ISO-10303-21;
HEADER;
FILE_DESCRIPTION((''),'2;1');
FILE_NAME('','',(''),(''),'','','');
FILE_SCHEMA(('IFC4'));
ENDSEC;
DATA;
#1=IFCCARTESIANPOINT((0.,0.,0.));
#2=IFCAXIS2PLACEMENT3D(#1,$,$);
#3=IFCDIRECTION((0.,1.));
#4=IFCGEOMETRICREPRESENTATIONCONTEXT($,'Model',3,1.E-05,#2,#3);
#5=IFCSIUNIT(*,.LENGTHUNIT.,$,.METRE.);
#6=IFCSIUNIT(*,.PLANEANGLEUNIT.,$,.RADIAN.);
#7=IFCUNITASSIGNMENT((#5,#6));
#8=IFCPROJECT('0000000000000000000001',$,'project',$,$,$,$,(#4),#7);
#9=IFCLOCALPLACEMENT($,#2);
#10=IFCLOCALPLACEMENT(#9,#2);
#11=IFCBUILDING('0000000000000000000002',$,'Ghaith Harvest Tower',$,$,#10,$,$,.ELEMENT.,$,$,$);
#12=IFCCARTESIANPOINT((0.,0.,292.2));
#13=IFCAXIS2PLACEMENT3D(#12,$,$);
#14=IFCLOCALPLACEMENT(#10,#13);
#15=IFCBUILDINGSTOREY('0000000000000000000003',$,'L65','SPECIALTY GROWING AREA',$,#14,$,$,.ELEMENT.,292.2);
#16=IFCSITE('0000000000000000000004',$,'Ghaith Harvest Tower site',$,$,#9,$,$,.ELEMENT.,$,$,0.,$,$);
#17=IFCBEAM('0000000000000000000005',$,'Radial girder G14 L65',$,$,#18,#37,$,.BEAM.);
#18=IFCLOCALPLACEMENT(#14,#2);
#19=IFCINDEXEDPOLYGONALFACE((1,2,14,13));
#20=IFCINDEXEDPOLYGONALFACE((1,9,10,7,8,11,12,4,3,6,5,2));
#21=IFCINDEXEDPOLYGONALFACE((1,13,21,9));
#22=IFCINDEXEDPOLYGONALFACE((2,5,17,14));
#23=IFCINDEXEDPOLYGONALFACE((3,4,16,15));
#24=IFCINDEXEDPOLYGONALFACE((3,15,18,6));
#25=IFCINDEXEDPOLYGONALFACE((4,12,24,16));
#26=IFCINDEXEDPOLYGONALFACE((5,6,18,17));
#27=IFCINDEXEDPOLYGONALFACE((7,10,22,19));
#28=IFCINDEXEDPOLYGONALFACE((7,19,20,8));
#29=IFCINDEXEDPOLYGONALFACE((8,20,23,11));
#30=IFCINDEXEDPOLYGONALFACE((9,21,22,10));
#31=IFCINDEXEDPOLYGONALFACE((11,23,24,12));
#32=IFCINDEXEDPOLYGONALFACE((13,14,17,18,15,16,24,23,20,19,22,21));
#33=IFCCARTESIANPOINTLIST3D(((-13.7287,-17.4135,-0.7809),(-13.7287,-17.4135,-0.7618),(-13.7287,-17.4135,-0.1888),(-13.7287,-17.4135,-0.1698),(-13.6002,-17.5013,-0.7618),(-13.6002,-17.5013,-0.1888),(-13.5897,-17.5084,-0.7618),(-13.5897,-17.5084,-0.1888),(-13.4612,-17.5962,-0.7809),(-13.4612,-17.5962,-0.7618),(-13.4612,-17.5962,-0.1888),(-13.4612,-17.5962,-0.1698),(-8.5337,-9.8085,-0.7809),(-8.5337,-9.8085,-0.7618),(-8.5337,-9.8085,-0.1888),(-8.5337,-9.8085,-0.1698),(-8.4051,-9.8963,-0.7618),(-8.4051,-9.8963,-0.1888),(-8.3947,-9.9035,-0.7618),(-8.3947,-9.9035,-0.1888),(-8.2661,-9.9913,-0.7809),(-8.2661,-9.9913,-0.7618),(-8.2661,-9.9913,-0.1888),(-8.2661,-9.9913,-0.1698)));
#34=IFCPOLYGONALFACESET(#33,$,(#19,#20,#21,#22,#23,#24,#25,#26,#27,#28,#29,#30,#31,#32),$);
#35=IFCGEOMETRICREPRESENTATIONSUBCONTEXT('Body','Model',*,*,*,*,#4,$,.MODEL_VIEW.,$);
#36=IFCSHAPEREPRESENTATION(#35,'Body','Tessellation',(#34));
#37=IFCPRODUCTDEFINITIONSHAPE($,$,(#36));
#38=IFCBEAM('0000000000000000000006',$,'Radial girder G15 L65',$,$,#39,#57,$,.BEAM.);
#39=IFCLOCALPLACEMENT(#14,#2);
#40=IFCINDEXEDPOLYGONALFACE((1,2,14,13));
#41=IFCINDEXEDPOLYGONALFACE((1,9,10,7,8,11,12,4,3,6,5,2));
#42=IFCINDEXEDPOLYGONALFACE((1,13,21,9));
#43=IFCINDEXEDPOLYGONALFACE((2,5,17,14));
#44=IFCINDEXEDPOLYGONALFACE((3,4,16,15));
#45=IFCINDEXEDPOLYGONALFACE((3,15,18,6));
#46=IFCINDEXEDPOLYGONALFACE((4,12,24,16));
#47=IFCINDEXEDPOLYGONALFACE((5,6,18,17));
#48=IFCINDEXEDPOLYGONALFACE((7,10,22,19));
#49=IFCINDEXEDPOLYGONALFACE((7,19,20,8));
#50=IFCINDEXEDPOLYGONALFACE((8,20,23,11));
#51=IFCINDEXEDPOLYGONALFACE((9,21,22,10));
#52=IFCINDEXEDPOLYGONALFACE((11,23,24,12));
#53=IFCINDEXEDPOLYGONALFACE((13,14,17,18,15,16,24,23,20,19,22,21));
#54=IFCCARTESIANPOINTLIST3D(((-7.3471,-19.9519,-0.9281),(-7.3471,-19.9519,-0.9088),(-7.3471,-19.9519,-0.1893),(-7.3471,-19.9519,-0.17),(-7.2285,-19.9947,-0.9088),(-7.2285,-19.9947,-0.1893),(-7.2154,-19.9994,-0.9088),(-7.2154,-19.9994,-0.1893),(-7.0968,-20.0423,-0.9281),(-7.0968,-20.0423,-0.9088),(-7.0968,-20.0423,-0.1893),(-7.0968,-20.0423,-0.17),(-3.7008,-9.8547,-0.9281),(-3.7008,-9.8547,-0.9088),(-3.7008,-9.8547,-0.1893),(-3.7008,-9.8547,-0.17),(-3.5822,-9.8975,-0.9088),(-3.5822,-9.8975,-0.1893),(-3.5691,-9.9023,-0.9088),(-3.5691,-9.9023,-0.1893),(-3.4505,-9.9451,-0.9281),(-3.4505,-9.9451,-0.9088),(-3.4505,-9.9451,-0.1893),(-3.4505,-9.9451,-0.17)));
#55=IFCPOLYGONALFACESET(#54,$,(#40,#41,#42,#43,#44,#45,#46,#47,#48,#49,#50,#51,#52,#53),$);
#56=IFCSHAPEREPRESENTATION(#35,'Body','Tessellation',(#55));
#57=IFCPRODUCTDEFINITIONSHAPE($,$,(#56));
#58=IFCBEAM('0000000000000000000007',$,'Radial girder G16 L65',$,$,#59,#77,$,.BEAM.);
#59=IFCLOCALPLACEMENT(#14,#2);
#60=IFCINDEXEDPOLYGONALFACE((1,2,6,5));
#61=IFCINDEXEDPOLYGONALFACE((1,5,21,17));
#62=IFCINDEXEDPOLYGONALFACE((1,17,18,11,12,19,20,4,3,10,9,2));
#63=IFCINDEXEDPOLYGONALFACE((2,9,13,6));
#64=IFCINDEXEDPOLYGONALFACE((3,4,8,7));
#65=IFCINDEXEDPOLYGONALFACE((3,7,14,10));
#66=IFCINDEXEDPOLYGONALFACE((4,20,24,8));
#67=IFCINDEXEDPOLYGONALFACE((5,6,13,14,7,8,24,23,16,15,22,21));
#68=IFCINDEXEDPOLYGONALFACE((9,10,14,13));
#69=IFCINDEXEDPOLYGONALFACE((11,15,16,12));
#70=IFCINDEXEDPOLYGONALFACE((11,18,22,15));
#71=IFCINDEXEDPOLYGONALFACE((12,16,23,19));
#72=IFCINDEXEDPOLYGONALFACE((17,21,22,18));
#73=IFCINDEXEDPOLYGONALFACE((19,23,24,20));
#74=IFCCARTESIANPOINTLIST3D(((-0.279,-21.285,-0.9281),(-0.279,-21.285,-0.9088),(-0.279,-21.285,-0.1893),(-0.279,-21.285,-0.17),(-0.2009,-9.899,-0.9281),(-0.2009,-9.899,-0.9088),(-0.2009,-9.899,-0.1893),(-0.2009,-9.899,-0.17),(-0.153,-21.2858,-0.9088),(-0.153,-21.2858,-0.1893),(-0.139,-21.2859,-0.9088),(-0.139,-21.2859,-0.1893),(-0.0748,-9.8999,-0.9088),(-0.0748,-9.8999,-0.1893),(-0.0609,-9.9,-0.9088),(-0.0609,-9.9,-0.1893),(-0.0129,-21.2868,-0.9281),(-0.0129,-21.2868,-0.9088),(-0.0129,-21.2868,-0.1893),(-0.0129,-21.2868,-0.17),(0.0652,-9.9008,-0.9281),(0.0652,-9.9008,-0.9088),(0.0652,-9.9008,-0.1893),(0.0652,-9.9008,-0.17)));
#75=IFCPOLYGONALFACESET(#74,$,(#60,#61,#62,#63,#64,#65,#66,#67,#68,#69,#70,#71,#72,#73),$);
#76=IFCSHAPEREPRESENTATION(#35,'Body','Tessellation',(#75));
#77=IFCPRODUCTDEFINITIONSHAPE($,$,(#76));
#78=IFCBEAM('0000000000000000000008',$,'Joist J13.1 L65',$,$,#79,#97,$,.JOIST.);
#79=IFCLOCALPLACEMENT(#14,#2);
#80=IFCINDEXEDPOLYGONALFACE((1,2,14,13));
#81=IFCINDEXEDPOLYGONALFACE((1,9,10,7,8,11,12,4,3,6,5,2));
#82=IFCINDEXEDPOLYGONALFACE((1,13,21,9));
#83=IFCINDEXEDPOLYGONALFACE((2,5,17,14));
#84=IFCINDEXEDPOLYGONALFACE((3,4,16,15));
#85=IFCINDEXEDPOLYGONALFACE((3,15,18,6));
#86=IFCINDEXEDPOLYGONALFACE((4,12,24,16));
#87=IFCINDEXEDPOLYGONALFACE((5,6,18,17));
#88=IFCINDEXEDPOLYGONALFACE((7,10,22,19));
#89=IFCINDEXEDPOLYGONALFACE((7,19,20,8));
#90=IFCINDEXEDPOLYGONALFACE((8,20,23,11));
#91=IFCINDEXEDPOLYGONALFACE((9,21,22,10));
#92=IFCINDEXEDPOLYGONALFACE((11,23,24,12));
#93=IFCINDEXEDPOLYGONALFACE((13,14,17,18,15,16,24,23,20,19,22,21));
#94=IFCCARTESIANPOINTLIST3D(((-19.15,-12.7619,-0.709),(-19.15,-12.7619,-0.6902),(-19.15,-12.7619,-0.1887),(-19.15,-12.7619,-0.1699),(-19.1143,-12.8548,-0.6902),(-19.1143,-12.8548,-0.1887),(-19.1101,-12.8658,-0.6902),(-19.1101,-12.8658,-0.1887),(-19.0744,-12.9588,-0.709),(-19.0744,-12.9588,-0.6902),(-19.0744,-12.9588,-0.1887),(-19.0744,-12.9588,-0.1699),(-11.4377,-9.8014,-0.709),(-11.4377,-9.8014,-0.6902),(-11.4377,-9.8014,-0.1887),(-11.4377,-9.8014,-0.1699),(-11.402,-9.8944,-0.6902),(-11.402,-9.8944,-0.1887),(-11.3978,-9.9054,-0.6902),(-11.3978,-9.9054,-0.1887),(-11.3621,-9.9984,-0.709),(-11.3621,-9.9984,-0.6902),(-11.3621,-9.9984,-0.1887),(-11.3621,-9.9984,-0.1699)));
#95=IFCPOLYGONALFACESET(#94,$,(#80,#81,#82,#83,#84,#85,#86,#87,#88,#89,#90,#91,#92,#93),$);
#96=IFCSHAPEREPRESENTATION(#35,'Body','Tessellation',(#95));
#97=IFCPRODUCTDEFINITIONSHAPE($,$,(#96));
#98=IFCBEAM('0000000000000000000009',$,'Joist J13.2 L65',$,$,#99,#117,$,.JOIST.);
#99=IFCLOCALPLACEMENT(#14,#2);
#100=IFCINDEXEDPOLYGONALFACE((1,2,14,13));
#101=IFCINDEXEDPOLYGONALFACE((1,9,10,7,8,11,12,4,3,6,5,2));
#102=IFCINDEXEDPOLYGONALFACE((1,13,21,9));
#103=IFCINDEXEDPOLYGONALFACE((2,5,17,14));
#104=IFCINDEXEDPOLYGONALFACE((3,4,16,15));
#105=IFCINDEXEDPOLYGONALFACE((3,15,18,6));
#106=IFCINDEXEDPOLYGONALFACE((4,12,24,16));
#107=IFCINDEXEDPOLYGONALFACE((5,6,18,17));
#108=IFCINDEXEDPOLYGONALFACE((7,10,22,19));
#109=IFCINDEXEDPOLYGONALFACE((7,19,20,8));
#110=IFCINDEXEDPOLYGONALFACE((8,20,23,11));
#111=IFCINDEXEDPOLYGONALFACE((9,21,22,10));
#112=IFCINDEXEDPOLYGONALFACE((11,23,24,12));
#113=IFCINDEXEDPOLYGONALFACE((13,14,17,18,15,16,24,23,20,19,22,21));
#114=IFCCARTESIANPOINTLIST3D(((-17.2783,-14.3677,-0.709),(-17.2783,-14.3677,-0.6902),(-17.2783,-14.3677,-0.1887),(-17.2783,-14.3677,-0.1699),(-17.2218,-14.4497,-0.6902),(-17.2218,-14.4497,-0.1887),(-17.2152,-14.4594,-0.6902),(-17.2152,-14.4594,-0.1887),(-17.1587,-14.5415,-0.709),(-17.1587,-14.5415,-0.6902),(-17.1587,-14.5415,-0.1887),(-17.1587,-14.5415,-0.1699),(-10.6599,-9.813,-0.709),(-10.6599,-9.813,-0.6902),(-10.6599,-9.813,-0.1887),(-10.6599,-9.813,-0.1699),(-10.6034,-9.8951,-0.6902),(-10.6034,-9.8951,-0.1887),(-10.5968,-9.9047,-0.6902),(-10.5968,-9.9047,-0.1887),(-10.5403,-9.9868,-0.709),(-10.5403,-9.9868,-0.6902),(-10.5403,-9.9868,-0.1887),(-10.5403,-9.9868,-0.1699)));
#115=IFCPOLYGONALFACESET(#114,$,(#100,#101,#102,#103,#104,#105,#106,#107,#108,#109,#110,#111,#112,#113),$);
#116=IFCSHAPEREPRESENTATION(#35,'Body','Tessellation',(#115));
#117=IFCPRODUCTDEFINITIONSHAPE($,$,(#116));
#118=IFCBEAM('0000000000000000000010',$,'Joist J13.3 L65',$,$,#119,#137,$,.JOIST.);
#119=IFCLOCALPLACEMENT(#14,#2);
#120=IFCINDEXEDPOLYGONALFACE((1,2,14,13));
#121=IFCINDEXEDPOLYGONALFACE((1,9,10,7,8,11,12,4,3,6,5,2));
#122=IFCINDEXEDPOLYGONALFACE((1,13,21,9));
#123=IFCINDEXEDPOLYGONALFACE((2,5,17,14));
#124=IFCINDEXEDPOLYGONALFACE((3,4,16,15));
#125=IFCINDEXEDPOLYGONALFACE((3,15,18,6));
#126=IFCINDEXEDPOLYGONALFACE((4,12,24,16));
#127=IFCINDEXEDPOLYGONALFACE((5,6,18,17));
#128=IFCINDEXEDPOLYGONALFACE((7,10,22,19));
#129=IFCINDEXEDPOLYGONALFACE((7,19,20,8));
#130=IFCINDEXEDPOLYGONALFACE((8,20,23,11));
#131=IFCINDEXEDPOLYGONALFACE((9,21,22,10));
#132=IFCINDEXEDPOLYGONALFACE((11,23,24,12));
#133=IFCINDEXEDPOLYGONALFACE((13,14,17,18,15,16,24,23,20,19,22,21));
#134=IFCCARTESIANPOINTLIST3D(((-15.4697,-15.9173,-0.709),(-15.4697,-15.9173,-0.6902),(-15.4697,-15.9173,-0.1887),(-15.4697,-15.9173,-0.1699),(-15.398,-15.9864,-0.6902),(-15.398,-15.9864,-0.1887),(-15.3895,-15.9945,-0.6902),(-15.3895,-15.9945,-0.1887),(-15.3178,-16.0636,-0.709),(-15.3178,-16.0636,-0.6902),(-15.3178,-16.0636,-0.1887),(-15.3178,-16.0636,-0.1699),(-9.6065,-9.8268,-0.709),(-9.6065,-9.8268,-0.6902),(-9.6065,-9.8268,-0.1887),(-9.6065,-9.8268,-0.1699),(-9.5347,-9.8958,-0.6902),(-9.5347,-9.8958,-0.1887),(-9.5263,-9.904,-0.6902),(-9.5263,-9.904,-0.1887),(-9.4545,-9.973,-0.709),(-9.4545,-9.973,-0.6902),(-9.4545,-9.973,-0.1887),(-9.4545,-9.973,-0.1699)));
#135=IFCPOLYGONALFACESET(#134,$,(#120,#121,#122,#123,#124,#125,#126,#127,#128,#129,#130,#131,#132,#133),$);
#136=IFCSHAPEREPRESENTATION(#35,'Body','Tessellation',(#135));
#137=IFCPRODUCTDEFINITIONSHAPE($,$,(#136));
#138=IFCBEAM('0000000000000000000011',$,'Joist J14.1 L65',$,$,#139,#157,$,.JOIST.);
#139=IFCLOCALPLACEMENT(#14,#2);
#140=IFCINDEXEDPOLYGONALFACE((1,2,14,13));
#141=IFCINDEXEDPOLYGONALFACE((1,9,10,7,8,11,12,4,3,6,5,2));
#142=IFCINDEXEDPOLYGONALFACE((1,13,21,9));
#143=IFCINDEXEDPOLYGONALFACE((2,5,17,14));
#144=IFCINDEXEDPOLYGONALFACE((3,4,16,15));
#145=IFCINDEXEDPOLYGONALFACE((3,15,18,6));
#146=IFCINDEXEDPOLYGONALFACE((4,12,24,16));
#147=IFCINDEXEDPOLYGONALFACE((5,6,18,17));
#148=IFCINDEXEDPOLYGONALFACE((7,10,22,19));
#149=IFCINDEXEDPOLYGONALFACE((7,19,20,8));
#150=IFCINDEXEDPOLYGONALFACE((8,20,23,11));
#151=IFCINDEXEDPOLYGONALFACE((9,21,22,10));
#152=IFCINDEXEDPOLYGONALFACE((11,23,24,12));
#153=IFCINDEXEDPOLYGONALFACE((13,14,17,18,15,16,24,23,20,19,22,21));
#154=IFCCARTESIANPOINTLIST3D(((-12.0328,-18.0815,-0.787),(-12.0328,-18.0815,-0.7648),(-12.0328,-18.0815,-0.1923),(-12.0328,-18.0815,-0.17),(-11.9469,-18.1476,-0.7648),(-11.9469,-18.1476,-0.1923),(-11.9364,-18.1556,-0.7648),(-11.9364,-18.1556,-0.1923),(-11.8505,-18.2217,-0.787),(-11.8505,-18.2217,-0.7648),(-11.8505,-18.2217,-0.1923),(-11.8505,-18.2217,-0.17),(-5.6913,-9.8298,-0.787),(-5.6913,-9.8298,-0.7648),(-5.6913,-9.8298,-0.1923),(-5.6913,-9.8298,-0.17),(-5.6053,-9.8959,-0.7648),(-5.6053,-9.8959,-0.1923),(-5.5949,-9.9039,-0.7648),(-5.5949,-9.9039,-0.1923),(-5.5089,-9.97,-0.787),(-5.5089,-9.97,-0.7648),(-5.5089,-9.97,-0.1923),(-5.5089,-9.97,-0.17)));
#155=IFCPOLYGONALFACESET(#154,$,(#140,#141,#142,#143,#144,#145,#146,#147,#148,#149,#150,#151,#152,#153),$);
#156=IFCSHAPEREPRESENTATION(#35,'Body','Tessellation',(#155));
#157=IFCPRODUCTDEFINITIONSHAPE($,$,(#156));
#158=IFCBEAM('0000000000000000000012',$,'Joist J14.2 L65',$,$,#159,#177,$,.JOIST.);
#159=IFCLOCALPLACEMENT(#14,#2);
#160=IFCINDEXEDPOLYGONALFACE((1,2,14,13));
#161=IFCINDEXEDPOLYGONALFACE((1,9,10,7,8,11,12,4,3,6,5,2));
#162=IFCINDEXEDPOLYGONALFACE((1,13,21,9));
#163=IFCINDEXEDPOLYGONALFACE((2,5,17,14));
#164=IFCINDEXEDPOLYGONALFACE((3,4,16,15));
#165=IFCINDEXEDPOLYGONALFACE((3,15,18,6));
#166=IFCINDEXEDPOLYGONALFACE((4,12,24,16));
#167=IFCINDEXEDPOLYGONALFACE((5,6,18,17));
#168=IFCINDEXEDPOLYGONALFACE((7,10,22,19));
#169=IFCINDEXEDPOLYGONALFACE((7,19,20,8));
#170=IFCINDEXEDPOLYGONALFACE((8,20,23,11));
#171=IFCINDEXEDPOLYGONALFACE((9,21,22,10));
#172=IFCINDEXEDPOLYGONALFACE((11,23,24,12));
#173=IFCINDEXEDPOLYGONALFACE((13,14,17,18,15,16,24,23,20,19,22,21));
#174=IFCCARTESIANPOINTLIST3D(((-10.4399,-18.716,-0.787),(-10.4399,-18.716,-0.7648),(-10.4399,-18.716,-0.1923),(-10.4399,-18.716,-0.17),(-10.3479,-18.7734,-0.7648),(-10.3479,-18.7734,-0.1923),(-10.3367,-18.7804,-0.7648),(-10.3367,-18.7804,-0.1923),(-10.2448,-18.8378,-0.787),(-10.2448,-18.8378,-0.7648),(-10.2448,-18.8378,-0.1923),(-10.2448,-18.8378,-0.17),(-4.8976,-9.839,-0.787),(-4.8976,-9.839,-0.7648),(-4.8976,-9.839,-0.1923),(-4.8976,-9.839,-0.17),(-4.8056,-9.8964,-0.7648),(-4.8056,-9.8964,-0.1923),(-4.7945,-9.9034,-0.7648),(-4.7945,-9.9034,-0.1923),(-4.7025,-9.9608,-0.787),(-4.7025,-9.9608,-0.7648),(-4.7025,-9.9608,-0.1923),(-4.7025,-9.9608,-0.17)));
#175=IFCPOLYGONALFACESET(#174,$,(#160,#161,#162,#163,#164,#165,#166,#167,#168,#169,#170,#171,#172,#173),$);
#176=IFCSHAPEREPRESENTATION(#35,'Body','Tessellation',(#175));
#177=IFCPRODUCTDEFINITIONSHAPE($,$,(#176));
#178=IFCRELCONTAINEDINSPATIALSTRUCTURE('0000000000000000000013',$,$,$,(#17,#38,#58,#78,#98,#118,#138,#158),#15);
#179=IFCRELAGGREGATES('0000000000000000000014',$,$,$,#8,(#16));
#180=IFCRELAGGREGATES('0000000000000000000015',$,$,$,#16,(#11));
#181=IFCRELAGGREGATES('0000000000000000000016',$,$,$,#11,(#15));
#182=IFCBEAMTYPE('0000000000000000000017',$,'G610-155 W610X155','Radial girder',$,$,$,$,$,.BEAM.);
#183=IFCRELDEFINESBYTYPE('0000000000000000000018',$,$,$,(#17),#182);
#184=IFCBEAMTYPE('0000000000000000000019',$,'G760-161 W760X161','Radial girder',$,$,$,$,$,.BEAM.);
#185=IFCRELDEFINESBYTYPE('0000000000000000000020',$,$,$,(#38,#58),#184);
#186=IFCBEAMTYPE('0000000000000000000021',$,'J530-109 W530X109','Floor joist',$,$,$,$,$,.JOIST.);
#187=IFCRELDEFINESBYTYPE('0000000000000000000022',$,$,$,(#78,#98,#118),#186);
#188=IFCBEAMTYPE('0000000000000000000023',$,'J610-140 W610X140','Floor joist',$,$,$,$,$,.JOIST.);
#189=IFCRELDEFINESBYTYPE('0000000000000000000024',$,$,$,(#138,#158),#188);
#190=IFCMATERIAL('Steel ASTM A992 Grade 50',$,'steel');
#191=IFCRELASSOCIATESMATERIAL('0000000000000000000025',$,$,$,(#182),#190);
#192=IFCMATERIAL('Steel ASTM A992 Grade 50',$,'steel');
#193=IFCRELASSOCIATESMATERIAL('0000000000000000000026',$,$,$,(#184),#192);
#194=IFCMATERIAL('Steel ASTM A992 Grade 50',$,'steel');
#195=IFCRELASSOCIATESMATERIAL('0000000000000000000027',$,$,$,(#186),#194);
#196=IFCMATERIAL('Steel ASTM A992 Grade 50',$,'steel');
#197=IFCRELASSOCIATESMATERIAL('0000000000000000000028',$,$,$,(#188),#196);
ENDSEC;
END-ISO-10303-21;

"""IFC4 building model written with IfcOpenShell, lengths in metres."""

from ifc_helpers import new_model, si_unit, direction, frame, origin, origin_2d, place, context, subcontext, project, spatial, i_section, extrude, material, material_profile, profile_set, type_object, element, save


model = new_model("IFC4")

# Units and contexts
model_context = context("Model", 3, precision=1e-05, world=origin(), true_north=direction((0.0, 1.0)))
body_context = subcontext(model_context, "Body", "Model", "MODEL_VIEW")
ifc_project = project(units=[si_unit("LENGTHUNIT", "METRE"), si_unit("PLANEANGLEUNIT", "RADIAN")], contexts=[model_context])

# Site, building, storey
site_placement = place(None, origin())
site = spatial("IfcSite", under=ifc_project, at=site_placement, Name="Ghaith Harvest Tower site", CompositionType="ELEMENT", RefElevation=0.0)
building_placement = place(site_placement, origin())
building = spatial("IfcBuilding", under=site, at=building_placement, Name="Ghaith Harvest Tower", CompositionType="ELEMENT")
storey_placement = place(building_placement, frame((0.0, 0.0, 292.2)))
storey = spatial("IfcBuildingStorey", under=building, at=storey_placement, Name="L65", Description="SPECIALTY GROWING AREA", CompositionType="ELEMENT", Elevation=292.2)

# Beams
ifc_material_1 = material(Name="Steel ASTM A992 Grade 50", Category="steel")
ifc_material_profile_1 = material_profile(ifc_material_1, i_section(OverallWidth=0.324, OverallDepth=0.6111, WebThickness=0.0127, FlangeThickness=0.019, at=origin_2d()), Name="W610X155")
ifc_profile_set_1 = profile_set([ifc_material_profile_1], Name="Steel ASTM A992 Grade 50")
beam_type_1 = type_object("IfcBeamType", Name="G610-155 W610X155", Description="Radial girder", PredefinedType="BEAM", material=ifc_profile_set_1)
beam_1_placement = place(storey_placement, frame((-8.3999, -9.8999, -0.4753), z_axis=(-0.564067, -0.825729, 0.0), x_axis=(0.825729, -0.564067, 0.0)))
element("IfcBeam", 1, at=beam_1_placement, inside=storey, type_object=beam_type_1, Name="Radial girder G14 L65", PredefinedType="BEAM", context=body_context, shape_type="SweptSolid", body=[
    extrude(i_section(OverallWidth=0.324, OverallDepth=0.6111, WebThickness=0.0127, FlangeThickness=0.019, at=origin_2d()), origin(), (0.0, 0.0, 1.0), 9.21),
])
ifc_material_2 = material(Name="Steel ASTM A992 Grade 50", Category="steel")
ifc_material_profile_2 = material_profile(ifc_material_2, i_section(OverallWidth=0.2661, OverallDepth=0.7581, WebThickness=0.0139, FlangeThickness=0.0193, at=origin_2d()), Name="W760X161")
ifc_profile_set_2 = profile_set([ifc_material_profile_2], Name="Steel ASTM A992 Grade 50")
beam_type_2 = type_object("IfcBeamType", Name="G760-161 W760X161", Description="Radial girder", PredefinedType="BEAM", material=ifc_profile_set_2)
beam_2_placement = place(storey_placement, frame((-3.5757, -9.8999, -0.5491), z_axis=(-0.339648, -0.940553, 0.0), x_axis=(0.940553, -0.339648, 0.0)))
element("IfcBeam", 2, at=beam_2_placement, inside=storey, type_object=beam_type_2, Name="Radial girder G15 L65", PredefinedType="BEAM", context=body_context, shape_type="SweptSolid", body=[
    extrude(i_section(OverallWidth=0.2661, OverallDepth=0.7581, WebThickness=0.0139, FlangeThickness=0.0193, at=origin_2d()), origin(), (0.0, 0.0, 1.0), 10.7354),
])
beam_3_placement = place(storey_placement, frame((-0.0679, -9.8999, -0.5491), z_axis=(-0.006861, -0.999976, 0.0), x_axis=(0.999976, -0.006861, 0.0)))
element("IfcBeam", 3, at=beam_3_placement, inside=storey, type_object=beam_type_2, Name="Radial girder G16 L65", PredefinedType="BEAM", context=body_context, shape_type="SweptSolid", body=[
    extrude(i_section(OverallWidth=0.2661, OverallDepth=0.7581, WebThickness=0.0139, FlangeThickness=0.0193, at=origin_2d()), origin(), (0.0, 0.0, 1.0), 11.3862),
])
ifc_material_3 = material(Name="Steel ASTM A992 Grade 50", Category="steel")
ifc_material_profile_3 = material_profile(ifc_material_3, i_section(OverallWidth=0.2109, OverallDepth=0.5391, WebThickness=0.0117, FlangeThickness=0.0188, at=origin_2d()), Name="W530X109")
ifc_profile_set_3 = profile_set([ifc_material_profile_3], Name="Steel ASTM A992 Grade 50")
beam_type_3 = type_object("IfcBeamType", Name="J530-109 W530X109", Description="Floor joist", PredefinedType="JOIST", material=ifc_profile_set_3)
beam_4_placement = place(storey_placement, frame((-11.3999, -9.8999, -0.4395), z_axis=(-0.933583, -0.358361, 0.0), x_axis=(0.358361, -0.933583, 0.0)))
element("IfcBeam", 4, at=beam_4_placement, inside=storey, type_object=beam_type_3, Name="Joist J13.1 L65", PredefinedType="JOIST", context=body_context, shape_type="SweptSolid", body=[
    extrude(i_section(OverallWidth=0.2109, OverallDepth=0.5391, WebThickness=0.0117, FlangeThickness=0.0188, at=origin_2d()), origin(), (0.0, 0.0, 1.0), 8.261),
])
beam_5_placement = place(storey_placement, frame((-10.6001, -9.8999, -0.4395), z_axis=(-0.823779, -0.566912, 0.0), x_axis=(0.566912, -0.823779, 0.0)))
element("IfcBeam", 5, at=beam_5_placement, inside=storey, type_object=beam_type_3, Name="Joist J13.2 L65", PredefinedType="JOIST", context=body_context, shape_type="SweptSolid", body=[
    extrude(i_section(OverallWidth=0.2109, OverallDepth=0.5391, WebThickness=0.0117, FlangeThickness=0.0188, at=origin_2d()), origin(), (0.0, 0.0, 1.0), 8.0342),
])
beam_6_placement = place(storey_placement, frame((-9.5305, -9.8999, -0.4395), z_axis=(-0.693536, -0.720422, 0.0), x_axis=(0.720422, -0.693536, 0.0)))
element("IfcBeam", 6, at=beam_6_placement, inside=storey, type_object=beam_type_3, Name="Joist J13.3 L65", PredefinedType="JOIST", context=body_context, shape_type="SweptSolid", body=[
    extrude(i_section(OverallWidth=0.2109, OverallDepth=0.5391, WebThickness=0.0117, FlangeThickness=0.0188, at=origin_2d()), origin(), (0.0, 0.0, 1.0), 8.4541),
])
ifc_material_4 = material(Name="Steel ASTM A992 Grade 50", Category="steel")
ifc_material_profile_4 = material_profile(ifc_material_4, i_section(OverallWidth=0.23, OverallDepth=0.6169, WebThickness=0.0132, FlangeThickness=0.0222, at=origin_2d()), Name="W610X140")
ifc_profile_set_4 = profile_set([ifc_material_profile_4], Name="Steel ASTM A992 Grade 50")
beam_type_4 = type_object("IfcBeamType", Name="J610-140 W610X140", Description="Floor joist", PredefinedType="JOIST", material=ifc_profile_set_4)
beam_7_placement = place(storey_placement, frame((-5.6001, -9.8999, -0.4785), z_axis=(-0.609354, -0.792899, 0.0), x_axis=(0.792899, -0.609354, 0.0)))
element("IfcBeam", 7, at=beam_7_placement, inside=storey, type_object=beam_type_4, Name="Joist J14.1 L65", PredefinedType="JOIST", context=body_context, shape_type="SweptSolid", body=[
    extrude(i_section(OverallWidth=0.23, OverallDepth=0.6169, WebThickness=0.0132, FlangeThickness=0.0222, at=origin_2d()), origin(), (0.0, 0.0, 1.0), 10.407),
])
beam_8_placement = place(storey_placement, frame((-4.8, -9.8999, -0.4785), z_axis=(-0.529596, -0.84825, 0.0), x_axis=(0.84825, -0.529596, 0.0)))
element("IfcBeam", 8, at=beam_8_placement, inside=storey, type_object=beam_type_4, Name="Joist J14.2 L65", PredefinedType="JOIST", context=body_context, shape_type="SweptSolid", body=[
    extrude(i_section(OverallWidth=0.23, OverallDepth=0.6169, WebThickness=0.0132, FlangeThickness=0.0222, at=origin_2d()), origin(), (0.0, 0.0, 1.0), 10.4651),
])

save(model, "model.ifc")
